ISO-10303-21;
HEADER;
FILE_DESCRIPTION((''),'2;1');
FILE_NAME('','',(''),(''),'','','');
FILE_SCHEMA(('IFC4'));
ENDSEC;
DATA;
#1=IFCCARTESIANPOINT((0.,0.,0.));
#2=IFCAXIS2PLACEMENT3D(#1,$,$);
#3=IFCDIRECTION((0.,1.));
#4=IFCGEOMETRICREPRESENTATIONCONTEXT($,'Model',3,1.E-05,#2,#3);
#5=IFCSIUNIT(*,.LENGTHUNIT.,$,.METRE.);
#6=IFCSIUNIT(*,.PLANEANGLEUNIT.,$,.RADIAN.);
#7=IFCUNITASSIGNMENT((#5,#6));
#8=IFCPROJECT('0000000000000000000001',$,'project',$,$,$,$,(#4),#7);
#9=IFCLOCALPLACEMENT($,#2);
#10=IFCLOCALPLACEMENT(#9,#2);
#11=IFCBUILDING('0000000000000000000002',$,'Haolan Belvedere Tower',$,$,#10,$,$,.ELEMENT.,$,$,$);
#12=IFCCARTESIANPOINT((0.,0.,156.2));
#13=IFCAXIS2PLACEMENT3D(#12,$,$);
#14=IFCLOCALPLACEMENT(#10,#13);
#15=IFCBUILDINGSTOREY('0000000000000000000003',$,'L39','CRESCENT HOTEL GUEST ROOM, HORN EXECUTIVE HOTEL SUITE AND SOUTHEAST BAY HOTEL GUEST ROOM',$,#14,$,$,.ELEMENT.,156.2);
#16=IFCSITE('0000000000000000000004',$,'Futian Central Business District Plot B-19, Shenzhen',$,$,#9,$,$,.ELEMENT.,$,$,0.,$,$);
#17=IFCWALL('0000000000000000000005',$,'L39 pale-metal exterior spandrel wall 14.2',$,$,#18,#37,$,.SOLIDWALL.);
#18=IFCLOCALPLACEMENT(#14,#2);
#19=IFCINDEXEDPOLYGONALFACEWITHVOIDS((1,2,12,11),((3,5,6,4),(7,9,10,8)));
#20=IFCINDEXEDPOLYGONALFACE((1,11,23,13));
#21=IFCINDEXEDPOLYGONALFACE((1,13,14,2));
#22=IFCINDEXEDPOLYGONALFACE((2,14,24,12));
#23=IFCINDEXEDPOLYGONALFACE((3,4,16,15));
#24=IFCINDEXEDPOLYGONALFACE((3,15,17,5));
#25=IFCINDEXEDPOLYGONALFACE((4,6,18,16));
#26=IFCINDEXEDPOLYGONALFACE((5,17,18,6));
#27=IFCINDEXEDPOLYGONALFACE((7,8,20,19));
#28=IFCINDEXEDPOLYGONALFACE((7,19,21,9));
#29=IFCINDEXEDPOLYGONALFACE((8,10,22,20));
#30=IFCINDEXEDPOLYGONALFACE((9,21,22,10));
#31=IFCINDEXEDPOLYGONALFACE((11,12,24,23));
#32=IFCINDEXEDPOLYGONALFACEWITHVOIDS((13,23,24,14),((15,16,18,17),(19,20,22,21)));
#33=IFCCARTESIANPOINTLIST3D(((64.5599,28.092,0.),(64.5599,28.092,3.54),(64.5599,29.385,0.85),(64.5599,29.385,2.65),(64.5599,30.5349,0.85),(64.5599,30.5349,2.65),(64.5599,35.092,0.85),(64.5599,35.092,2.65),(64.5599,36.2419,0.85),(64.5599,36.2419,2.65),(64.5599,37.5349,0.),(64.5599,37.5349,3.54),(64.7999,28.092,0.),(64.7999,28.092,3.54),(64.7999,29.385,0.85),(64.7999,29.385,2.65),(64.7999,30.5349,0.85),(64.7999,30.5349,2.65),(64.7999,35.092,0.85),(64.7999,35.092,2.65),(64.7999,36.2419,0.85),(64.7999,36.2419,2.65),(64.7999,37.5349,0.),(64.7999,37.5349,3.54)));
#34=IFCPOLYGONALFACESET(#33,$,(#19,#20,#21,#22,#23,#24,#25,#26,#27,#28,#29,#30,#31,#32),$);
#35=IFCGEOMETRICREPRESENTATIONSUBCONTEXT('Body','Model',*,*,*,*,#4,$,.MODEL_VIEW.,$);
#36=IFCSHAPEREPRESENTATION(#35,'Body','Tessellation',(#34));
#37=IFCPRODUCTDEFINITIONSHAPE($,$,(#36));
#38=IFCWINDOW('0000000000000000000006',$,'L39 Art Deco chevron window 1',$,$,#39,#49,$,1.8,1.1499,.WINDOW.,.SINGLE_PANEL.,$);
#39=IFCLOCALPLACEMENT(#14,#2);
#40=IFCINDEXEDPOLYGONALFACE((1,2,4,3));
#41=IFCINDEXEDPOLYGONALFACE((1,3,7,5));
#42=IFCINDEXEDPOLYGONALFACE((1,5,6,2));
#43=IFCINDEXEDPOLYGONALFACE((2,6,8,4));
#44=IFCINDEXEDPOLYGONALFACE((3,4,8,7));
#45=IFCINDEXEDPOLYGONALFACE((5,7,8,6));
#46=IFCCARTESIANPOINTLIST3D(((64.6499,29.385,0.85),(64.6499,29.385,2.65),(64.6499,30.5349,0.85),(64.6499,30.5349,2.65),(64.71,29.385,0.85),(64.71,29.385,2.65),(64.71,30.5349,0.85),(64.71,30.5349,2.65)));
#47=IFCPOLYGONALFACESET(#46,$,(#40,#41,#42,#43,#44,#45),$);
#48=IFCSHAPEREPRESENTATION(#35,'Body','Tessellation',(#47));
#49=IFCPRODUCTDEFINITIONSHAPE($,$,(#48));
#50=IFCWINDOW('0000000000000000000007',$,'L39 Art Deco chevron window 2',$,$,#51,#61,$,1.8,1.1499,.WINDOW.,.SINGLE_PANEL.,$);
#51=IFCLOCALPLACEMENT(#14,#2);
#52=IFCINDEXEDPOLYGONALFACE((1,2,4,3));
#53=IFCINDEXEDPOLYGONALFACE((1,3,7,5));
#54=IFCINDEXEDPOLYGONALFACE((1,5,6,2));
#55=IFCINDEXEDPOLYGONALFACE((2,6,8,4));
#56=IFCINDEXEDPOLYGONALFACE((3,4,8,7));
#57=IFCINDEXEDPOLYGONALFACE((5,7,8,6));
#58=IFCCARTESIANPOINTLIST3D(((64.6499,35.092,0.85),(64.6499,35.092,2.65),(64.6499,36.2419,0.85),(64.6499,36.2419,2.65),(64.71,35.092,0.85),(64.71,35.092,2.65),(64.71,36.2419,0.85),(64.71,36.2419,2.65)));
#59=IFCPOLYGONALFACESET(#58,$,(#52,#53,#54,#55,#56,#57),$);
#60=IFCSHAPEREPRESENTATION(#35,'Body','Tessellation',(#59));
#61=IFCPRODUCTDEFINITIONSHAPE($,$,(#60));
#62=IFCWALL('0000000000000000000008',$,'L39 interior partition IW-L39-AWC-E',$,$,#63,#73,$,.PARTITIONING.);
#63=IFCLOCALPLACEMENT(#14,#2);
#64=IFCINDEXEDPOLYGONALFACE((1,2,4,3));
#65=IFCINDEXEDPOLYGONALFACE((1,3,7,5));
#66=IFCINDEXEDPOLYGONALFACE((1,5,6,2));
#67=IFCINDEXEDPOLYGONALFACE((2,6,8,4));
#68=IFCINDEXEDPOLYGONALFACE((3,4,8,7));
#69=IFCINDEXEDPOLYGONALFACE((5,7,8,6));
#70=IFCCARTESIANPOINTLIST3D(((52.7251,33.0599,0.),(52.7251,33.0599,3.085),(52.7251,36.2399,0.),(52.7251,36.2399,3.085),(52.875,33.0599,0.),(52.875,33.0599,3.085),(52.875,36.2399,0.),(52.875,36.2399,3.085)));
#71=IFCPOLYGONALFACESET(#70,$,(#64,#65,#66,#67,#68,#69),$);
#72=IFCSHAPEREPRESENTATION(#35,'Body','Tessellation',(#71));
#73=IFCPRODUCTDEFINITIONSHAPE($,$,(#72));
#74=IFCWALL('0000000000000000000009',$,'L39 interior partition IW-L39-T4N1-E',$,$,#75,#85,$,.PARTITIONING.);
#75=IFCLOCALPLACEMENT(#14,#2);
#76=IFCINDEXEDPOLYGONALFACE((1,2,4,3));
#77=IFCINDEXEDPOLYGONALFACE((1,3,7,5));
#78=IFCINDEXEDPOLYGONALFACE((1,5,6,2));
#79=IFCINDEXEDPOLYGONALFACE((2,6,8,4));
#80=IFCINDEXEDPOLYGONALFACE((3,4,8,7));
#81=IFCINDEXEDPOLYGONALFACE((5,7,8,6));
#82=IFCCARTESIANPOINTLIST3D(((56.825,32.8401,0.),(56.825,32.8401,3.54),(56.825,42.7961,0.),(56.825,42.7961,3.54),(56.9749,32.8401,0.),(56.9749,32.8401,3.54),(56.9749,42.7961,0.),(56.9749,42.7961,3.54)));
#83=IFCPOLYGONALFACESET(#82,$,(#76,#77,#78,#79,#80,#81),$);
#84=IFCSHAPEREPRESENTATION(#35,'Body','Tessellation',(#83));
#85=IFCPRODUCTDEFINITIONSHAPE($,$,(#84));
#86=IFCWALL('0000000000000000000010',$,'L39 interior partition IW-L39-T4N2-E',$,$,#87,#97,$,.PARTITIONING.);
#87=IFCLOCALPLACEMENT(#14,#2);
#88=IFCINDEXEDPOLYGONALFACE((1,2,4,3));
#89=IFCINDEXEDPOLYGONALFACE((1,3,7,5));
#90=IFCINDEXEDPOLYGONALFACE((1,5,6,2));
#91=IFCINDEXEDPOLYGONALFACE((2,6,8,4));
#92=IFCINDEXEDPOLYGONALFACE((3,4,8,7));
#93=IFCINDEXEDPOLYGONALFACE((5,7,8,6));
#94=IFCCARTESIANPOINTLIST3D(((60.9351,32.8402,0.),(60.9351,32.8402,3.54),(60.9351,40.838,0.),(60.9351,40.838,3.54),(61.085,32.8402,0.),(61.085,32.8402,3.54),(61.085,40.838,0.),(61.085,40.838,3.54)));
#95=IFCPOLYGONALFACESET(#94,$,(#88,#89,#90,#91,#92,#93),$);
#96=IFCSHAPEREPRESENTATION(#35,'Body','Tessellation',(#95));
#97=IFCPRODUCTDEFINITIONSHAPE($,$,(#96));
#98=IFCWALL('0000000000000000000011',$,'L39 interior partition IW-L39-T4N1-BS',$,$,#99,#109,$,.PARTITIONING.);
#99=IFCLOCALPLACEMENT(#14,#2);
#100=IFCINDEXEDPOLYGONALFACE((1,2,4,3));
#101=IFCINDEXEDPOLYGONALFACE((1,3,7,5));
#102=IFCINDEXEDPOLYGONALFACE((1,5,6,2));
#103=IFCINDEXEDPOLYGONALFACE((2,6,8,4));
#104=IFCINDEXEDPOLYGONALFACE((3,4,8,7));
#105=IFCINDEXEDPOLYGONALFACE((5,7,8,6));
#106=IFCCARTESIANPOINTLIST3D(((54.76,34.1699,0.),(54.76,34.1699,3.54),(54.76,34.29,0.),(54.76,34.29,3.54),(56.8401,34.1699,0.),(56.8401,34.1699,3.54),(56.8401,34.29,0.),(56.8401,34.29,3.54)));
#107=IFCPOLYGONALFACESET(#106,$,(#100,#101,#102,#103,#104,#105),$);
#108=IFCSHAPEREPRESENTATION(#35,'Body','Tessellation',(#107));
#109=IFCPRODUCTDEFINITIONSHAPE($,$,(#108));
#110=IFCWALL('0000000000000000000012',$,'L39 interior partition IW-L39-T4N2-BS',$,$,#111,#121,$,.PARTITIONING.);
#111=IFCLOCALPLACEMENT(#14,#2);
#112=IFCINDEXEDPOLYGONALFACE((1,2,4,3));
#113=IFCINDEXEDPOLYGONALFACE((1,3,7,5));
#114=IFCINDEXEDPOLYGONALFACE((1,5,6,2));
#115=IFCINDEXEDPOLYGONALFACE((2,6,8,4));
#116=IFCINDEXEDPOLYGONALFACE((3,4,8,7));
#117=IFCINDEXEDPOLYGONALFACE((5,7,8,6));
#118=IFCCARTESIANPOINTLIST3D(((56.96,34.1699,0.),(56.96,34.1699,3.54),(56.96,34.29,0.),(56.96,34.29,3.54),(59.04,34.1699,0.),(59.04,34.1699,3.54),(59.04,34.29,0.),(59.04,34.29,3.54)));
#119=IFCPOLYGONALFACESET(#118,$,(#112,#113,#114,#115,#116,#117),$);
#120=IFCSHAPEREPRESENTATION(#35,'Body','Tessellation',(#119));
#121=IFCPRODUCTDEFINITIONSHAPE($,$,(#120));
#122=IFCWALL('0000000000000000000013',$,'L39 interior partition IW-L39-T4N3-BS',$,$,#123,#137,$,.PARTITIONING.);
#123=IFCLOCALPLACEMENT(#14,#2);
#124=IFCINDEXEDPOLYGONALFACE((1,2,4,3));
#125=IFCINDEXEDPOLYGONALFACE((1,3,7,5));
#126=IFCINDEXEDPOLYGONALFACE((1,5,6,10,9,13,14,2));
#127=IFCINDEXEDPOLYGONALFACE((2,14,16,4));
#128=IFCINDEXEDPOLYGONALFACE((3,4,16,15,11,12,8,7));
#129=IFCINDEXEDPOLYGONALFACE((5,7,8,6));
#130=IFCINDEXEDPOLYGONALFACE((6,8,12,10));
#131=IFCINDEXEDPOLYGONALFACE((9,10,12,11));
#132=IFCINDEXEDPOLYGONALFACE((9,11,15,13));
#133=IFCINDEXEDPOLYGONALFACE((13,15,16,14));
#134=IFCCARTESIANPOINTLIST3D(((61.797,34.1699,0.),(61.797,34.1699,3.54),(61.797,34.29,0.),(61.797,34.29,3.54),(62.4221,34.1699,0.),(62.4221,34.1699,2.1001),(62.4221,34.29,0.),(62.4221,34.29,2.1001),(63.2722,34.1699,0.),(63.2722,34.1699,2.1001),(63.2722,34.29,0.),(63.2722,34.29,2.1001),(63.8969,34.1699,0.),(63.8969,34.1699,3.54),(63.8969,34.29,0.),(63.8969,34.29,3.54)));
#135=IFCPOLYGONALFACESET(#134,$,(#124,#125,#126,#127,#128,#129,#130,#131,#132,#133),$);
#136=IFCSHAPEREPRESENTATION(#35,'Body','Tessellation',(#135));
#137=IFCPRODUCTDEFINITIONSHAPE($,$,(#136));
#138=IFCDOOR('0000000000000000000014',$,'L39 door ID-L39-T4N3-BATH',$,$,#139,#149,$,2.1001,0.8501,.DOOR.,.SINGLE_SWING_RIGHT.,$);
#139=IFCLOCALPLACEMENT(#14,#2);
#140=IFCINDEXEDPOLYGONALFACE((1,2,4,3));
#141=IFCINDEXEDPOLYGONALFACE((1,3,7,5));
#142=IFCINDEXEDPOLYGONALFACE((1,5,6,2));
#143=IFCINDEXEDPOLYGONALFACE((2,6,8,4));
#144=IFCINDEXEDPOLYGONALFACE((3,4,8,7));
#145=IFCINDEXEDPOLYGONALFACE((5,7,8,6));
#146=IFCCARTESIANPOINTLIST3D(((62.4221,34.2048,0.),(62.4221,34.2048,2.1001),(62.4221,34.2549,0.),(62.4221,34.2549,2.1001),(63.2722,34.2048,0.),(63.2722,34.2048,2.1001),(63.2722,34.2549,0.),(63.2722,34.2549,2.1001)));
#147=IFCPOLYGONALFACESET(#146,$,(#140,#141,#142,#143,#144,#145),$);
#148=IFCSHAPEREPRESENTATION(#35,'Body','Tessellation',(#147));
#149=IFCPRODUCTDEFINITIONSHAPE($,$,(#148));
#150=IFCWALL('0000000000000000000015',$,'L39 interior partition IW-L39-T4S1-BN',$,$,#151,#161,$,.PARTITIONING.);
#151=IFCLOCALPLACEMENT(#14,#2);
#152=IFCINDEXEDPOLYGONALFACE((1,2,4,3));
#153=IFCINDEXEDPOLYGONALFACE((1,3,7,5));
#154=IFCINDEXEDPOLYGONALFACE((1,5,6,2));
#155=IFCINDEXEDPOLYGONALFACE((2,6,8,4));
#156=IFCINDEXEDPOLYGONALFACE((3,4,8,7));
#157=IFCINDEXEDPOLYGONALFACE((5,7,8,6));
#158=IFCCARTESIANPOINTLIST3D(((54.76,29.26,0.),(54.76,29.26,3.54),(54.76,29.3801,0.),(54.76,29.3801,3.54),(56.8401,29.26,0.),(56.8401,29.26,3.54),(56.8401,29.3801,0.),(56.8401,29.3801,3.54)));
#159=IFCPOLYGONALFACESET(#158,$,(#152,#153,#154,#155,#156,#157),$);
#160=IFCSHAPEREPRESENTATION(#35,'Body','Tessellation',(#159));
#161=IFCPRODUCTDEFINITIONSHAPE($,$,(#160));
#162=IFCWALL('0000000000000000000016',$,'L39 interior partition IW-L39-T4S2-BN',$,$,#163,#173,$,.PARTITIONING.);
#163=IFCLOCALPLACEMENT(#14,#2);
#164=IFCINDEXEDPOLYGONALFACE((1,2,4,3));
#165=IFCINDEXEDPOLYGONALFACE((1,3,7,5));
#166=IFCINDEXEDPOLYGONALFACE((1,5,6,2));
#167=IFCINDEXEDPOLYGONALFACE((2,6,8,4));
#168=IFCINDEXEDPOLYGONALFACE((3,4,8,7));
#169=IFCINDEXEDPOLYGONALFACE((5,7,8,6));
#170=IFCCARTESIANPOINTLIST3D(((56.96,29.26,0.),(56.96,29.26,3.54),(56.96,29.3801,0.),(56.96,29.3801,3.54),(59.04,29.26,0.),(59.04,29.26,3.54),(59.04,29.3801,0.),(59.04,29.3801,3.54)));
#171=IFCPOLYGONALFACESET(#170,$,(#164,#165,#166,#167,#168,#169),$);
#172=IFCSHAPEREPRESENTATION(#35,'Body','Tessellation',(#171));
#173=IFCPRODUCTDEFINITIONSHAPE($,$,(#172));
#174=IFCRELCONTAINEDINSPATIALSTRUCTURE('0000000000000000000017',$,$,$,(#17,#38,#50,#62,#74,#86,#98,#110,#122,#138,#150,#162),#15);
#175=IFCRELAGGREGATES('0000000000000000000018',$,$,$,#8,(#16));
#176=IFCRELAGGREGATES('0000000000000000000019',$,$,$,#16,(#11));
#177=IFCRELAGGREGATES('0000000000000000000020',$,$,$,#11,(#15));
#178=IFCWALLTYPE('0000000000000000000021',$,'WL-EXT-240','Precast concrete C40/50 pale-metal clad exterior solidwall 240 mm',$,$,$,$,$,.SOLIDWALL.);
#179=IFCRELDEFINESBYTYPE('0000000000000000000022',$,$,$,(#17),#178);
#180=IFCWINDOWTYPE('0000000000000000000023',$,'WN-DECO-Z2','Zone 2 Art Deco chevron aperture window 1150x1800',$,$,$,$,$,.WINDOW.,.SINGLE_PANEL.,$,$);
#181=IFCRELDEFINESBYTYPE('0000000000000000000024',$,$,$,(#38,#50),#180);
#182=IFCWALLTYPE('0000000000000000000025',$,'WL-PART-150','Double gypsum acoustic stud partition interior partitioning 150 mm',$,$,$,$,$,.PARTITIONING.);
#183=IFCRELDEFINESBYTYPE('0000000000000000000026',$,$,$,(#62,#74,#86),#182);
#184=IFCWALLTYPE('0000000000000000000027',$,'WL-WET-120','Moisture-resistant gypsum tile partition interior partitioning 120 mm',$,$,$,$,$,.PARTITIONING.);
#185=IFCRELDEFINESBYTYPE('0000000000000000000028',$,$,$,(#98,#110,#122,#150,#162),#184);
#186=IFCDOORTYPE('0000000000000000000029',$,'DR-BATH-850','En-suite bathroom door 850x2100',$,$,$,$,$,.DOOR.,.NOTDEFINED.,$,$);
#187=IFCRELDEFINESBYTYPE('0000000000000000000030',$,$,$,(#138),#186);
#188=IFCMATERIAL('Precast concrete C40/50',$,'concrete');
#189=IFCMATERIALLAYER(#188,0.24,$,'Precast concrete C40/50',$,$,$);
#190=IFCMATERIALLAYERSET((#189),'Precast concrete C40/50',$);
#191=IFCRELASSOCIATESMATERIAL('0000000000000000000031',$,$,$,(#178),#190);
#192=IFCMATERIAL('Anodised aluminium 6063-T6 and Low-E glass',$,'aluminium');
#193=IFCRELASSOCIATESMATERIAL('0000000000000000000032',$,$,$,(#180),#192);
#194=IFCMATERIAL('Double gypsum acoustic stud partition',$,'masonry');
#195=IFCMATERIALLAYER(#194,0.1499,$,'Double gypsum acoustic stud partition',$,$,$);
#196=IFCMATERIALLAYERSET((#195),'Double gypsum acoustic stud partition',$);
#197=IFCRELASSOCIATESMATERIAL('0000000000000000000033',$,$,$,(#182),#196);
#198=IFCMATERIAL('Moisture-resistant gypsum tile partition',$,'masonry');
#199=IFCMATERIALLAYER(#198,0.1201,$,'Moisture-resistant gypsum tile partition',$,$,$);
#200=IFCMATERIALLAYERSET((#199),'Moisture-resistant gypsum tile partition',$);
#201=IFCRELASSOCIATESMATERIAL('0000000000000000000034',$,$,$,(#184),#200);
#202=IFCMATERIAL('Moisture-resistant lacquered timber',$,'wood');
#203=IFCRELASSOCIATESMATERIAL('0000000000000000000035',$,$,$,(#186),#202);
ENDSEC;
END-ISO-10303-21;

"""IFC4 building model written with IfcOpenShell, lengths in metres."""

from ifc_helpers import new_model, si_unit, direction, frame, frame_2d, origin, place, context, subcontext, project, spatial, rectangle, extrude, material, layer, layer_set, type_object, element, fill, save


model = new_model("IFC4")

# Units and contexts
model_context = context("Model", 3, precision=1e-05, world=origin(), true_north=direction((0.0, 1.0)))
body_context = subcontext(model_context, "Body", "Model", "MODEL_VIEW")
ifc_project = project(units=[si_unit("LENGTHUNIT", "METRE"), si_unit("PLANEANGLEUNIT", "RADIAN")], contexts=[model_context])

# Site, building, storey
site_placement = place(None, origin())
site = spatial("IfcSite", under=ifc_project, at=site_placement, Name="Futian Central Business District Plot B-19, Shenzhen", CompositionType="ELEMENT", RefElevation=0.0)
building_placement = place(site_placement, origin())
building = spatial("IfcBuilding", under=site, at=building_placement, Name="Haolan Belvedere Tower", CompositionType="ELEMENT")
storey_placement = place(building_placement, frame((0.0, 0.0, 156.2)))
storey = spatial("IfcBuildingStorey", under=building, at=storey_placement, Name="L39", Description="CRESCENT HOTEL GUEST ROOM, HORN EXECUTIVE HOTEL SUITE AND SOUTHEAST BAY HOTEL GUEST ROOM", CompositionType="ELEMENT", Elevation=156.2)

# Wall, openings, windows
ifc_material_1 = material(Name="Precast concrete C40/50", Category="concrete")
ifc_layer_1 = layer(ifc_material_1, 0.24, Name="Precast concrete C40/50")
ifc_layer_set_1 = layer_set([ifc_layer_1], Name="Precast concrete C40/50")
wall_type_1 = type_object("IfcWallType", Name="WL-EXT-240", Description="Precast concrete C40/50 pale-metal clad exterior solidwall 240 mm", PredefinedType="SOLIDWALL", material=ifc_layer_set_1)
wall_1_placement = place(storey_placement, frame((64.6799, 28.092, 0.0), z_axis=(0.0, 0.0, 1.0), x_axis=(0.0, 1.0, 0.0)))
wall_1 = element("IfcWall", 1, at=wall_1_placement, inside=storey, type_object=wall_type_1, Name="L39 pale-metal exterior spandrel wall 14.2", PredefinedType="SOLIDWALL", context=body_context, shape_type="SweptSolid", body=[
    extrude(rectangle(XDim=9.4429, YDim=0.24, at=frame_2d((4.7214, 0.0))), origin(), (0.0, 0.0, 1.0), 3.54),
])
opening_1_placement = place(wall_1_placement, frame((1.293, 0.0, 0.8501)))
opening_1 = element("IfcOpeningElement", 2, at=opening_1_placement, cuts=wall_1, PredefinedType="OPENING", context=body_context, shape_type="SweptSolid", body=[
    extrude(rectangle(XDim=1.1499, YDim=1.8, at=frame_2d((0.575, 0.8999))), frame((0.0, 0.1299, 0.0), z_axis=(0.0, -1.0, 0.0), x_axis=(1.0, 0.0, 0.0)), (0.0, 0.0, 1.0), 0.26),
])
opening_2_placement = place(wall_1_placement, frame((7.0, 0.0, 0.8501)))
opening_2 = element("IfcOpeningElement", 3, at=opening_2_placement, cuts=wall_1, PredefinedType="OPENING", context=body_context, shape_type="SweptSolid", body=[
    extrude(rectangle(XDim=1.1499, YDim=1.8, at=frame_2d((0.575, 0.8999))), frame((0.0, 0.1299, 0.0), z_axis=(0.0, -1.0, 0.0), x_axis=(1.0, 0.0, 0.0)), (0.0, 0.0, 1.0), 0.26),
])
ifc_material_2 = material(Name="Anodised aluminium 6063-T6 and Low-E glass", Category="aluminium")
window_type = type_object("IfcWindowType", Name="WN-DECO-Z2", Description="Zone 2 Art Deco chevron aperture window 1150x1800", PartitioningType="SINGLE_PANEL", PredefinedType="WINDOW", material=ifc_material_2)
window_1_placement = place(opening_1_placement, origin())
window_1 = element("IfcWindow", 4, at=window_1_placement, inside=storey, type_object=window_type, Name="L39 Art Deco chevron window 1", OverallHeight=1.8, OverallWidth=1.1499, PartitioningType="SINGLE_PANEL", PredefinedType="WINDOW", context=body_context, shape_type="SweptSolid", body=[
    extrude(rectangle(XDim=1.1499, YDim=1.8, at=frame_2d((0.575, 0.8999))), frame((0.0, 0.03, 0.0), z_axis=(0.0, -1.0, 0.0), x_axis=(1.0, 0.0, 0.0)), (0.0, 0.0, 1.0), 0.0601),
])
fill(opening_1, window_1)
window_2_placement = place(opening_2_placement, origin())
window_2 = element("IfcWindow", 5, at=window_2_placement, inside=storey, type_object=window_type, Name="L39 Art Deco chevron window 2", OverallHeight=1.8, OverallWidth=1.1499, PartitioningType="SINGLE_PANEL", PredefinedType="WINDOW", context=body_context, shape_type="SweptSolid", body=[
    extrude(rectangle(XDim=1.1499, YDim=1.8, at=frame_2d((0.575, 0.8999))), frame((0.0, 0.03, 0.0), z_axis=(0.0, -1.0, 0.0), x_axis=(1.0, 0.0, 0.0)), (0.0, 0.0, 1.0), 0.0601),
])
fill(opening_2, window_2)

# Walls
ifc_material_3 = material(Name="Double gypsum acoustic stud partition", Category="masonry")
ifc_layer_2 = layer(ifc_material_3, 0.1499, Name="Double gypsum acoustic stud partition")
ifc_layer_set_2 = layer_set([ifc_layer_2], Name="Double gypsum acoustic stud partition")
wall_type_2 = type_object("IfcWallType", Name="WL-PART-150", Description="Double gypsum acoustic stud partition interior partitioning 150 mm", PredefinedType="PARTITIONING", material=ifc_layer_set_2)
wall_2_placement = place(storey_placement, frame((52.8, 33.0601, 0.0), z_axis=(0.0, 0.0, 1.0), x_axis=(0.0, 1.0, 0.0)))
element("IfcWall", 6, at=wall_2_placement, inside=storey, type_object=wall_type_2, Name="L39 interior partition IW-L39-AWC-E", PredefinedType="PARTITIONING", context=body_context, shape_type="SweptSolid", body=[
    extrude(rectangle(XDim=3.1799, YDim=0.1499, at=frame_2d((1.5898, 0.0))), origin(), (0.0, 0.0, 1.0), 3.085),
])
wall_3_placement = place(storey_placement, frame((56.8999, 32.8401, 0.0), z_axis=(0.0, 0.0, 1.0), x_axis=(0.0, 1.0, 0.0)))
element("IfcWall", 7, at=wall_3_placement, inside=storey, type_object=wall_type_2, Name="L39 interior partition IW-L39-T4N1-E", PredefinedType="PARTITIONING", context=body_context, shape_type="SweptSolid", body=[
    extrude(rectangle(XDim=9.9561, YDim=0.1499, at=frame_2d((4.978, 0.0))), origin(), (0.0, 0.0, 1.0), 3.54),
])

# Wall
wall_4_placement = place(storey_placement, frame((61.01, 32.8401, 0.0), z_axis=(0.0, 0.0, 1.0), x_axis=(0.0, 1.0, 0.0)))
element("IfcWall", 8, at=wall_4_placement, inside=storey, type_object=wall_type_2, Name="L39 interior partition IW-L39-T4N2-E", PredefinedType="PARTITIONING", context=body_context, shape_type="SweptSolid", body=[
    extrude(rectangle(XDim=7.9978, YDim=0.1499, at=frame_2d((3.999, 0.0))), origin(), (0.0, 0.0, 1.0), 3.54),
])

# Walls
ifc_material_4 = material(Name="Moisture-resistant gypsum tile partition", Category="masonry")
ifc_layer_3 = layer(ifc_material_4, 0.1201, Name="Moisture-resistant gypsum tile partition")
ifc_layer_set_3 = layer_set([ifc_layer_3], Name="Moisture-resistant gypsum tile partition")
wall_type_3 = type_object("IfcWallType", Name="WL-WET-120", Description="Moisture-resistant gypsum tile partition interior partitioning 120 mm", PredefinedType="PARTITIONING", material=ifc_layer_set_3)
for number, where, z_axis, x_axis, name in (
    (9, (54.76, 34.23, 0.0), (0.0, 0.0, 1.0), (1.0, 0.0, 0.0), "L39 interior partition IW-L39-T4N1-BS"),
    (10, (56.96, 34.23, 0.0), (0.0, 0.0, 1.0), (1.0, 0.0, 0.0), "L39 interior partition IW-L39-T4N2-BS"),
):
    element("IfcWall", number, at=place(storey_placement, frame(where, z_axis=z_axis, x_axis=x_axis)), inside=storey, type_object=wall_type_3, Name=name, PredefinedType="PARTITIONING", context=body_context, shape_type="SweptSolid", body=[
        extrude(rectangle(XDim=2.0801, YDim=0.1201, at=frame_2d((1.04, 0.0))), origin(), (0.0, 0.0, 1.0), 3.54),
    ])

# Wall, opening, door
wall_5_placement = place(storey_placement, frame((61.7971, 34.23, 0.0), z_axis=(0.0, 0.0, 1.0), x_axis=(1.0, 0.0, 0.0)))
wall_5 = element("IfcWall", 11, at=wall_5_placement, inside=storey, type_object=wall_type_3, Name="L39 interior partition IW-L39-T4N3-BS", PredefinedType="PARTITIONING", context=body_context, shape_type="SweptSolid", body=[
    extrude(rectangle(XDim=2.0999, YDim=0.1201, at=frame_2d((1.0498, 0.0))), origin(), (0.0, 0.0, 1.0), 3.54),
])
opening_3_placement = place(wall_5_placement, frame((0.625, 0.0, 0.0)))
opening_3 = element("IfcOpeningElement", 12, at=opening_3_placement, cuts=wall_5, PredefinedType="OPENING", context=body_context, shape_type="SweptSolid", body=[
    extrude(rectangle(XDim=0.8501, YDim=2.1001, at=frame_2d((0.425, 1.05))), frame((0.0, 0.0701, 0.0), z_axis=(0.0, -1.0, 0.0), x_axis=(1.0, 0.0, 0.0)), (0.0, 0.0, 1.0), 0.1401),
])
ifc_material_5 = material(Name="Moisture-resistant lacquered timber", Category="wood")
door_type_1 = type_object("IfcDoorType", Name="DR-BATH-850", Description="En-suite bathroom door 850x2100", OperationType="NOTDEFINED", PredefinedType="DOOR", material=ifc_material_5)
door_1_placement = place(opening_3_placement, origin())
door_1 = element("IfcDoor", 13, at=door_1_placement, inside=storey, type_object=door_type_1, Name="L39 door ID-L39-T4N3-BATH", OperationType="SINGLE_SWING_RIGHT", OverallHeight=2.1001, OverallWidth=0.8501, PredefinedType="DOOR", context=body_context, shape_type="SweptSolid", body=[
    extrude(rectangle(XDim=0.8501, YDim=2.1001, at=frame_2d((0.425, 1.05))), frame((0.0, 0.0249, 0.0), z_axis=(0.0, -1.0, 0.0), x_axis=(1.0, 0.0, 0.0)), (0.0, 0.0, 1.0), 0.05),
])
fill(opening_3, door_1)

# Walls
for number, where, z_axis, x_axis, name in (
    (14, (54.76, 29.3201, 0.0), (0.0, 0.0, 1.0), (1.0, 0.0, 0.0), "L39 interior partition IW-L39-T4S1-BN"),
    (15, (56.96, 29.3201, 0.0), (0.0, 0.0, 1.0), (1.0, 0.0, 0.0), "L39 interior partition IW-L39-T4S2-BN"),
):
    element("IfcWall", number, at=place(storey_placement, frame(where, z_axis=z_axis, x_axis=x_axis)), inside=storey, type_object=wall_type_3, Name=name, PredefinedType="PARTITIONING", context=body_context, shape_type="SweptSolid", body=[
        extrude(rectangle(XDim=2.0801, YDim=0.1201, at=frame_2d((1.04, 0.0))), origin(), (0.0, 0.0, 1.0), 3.54),
    ])

save(model, "model.ifc")
